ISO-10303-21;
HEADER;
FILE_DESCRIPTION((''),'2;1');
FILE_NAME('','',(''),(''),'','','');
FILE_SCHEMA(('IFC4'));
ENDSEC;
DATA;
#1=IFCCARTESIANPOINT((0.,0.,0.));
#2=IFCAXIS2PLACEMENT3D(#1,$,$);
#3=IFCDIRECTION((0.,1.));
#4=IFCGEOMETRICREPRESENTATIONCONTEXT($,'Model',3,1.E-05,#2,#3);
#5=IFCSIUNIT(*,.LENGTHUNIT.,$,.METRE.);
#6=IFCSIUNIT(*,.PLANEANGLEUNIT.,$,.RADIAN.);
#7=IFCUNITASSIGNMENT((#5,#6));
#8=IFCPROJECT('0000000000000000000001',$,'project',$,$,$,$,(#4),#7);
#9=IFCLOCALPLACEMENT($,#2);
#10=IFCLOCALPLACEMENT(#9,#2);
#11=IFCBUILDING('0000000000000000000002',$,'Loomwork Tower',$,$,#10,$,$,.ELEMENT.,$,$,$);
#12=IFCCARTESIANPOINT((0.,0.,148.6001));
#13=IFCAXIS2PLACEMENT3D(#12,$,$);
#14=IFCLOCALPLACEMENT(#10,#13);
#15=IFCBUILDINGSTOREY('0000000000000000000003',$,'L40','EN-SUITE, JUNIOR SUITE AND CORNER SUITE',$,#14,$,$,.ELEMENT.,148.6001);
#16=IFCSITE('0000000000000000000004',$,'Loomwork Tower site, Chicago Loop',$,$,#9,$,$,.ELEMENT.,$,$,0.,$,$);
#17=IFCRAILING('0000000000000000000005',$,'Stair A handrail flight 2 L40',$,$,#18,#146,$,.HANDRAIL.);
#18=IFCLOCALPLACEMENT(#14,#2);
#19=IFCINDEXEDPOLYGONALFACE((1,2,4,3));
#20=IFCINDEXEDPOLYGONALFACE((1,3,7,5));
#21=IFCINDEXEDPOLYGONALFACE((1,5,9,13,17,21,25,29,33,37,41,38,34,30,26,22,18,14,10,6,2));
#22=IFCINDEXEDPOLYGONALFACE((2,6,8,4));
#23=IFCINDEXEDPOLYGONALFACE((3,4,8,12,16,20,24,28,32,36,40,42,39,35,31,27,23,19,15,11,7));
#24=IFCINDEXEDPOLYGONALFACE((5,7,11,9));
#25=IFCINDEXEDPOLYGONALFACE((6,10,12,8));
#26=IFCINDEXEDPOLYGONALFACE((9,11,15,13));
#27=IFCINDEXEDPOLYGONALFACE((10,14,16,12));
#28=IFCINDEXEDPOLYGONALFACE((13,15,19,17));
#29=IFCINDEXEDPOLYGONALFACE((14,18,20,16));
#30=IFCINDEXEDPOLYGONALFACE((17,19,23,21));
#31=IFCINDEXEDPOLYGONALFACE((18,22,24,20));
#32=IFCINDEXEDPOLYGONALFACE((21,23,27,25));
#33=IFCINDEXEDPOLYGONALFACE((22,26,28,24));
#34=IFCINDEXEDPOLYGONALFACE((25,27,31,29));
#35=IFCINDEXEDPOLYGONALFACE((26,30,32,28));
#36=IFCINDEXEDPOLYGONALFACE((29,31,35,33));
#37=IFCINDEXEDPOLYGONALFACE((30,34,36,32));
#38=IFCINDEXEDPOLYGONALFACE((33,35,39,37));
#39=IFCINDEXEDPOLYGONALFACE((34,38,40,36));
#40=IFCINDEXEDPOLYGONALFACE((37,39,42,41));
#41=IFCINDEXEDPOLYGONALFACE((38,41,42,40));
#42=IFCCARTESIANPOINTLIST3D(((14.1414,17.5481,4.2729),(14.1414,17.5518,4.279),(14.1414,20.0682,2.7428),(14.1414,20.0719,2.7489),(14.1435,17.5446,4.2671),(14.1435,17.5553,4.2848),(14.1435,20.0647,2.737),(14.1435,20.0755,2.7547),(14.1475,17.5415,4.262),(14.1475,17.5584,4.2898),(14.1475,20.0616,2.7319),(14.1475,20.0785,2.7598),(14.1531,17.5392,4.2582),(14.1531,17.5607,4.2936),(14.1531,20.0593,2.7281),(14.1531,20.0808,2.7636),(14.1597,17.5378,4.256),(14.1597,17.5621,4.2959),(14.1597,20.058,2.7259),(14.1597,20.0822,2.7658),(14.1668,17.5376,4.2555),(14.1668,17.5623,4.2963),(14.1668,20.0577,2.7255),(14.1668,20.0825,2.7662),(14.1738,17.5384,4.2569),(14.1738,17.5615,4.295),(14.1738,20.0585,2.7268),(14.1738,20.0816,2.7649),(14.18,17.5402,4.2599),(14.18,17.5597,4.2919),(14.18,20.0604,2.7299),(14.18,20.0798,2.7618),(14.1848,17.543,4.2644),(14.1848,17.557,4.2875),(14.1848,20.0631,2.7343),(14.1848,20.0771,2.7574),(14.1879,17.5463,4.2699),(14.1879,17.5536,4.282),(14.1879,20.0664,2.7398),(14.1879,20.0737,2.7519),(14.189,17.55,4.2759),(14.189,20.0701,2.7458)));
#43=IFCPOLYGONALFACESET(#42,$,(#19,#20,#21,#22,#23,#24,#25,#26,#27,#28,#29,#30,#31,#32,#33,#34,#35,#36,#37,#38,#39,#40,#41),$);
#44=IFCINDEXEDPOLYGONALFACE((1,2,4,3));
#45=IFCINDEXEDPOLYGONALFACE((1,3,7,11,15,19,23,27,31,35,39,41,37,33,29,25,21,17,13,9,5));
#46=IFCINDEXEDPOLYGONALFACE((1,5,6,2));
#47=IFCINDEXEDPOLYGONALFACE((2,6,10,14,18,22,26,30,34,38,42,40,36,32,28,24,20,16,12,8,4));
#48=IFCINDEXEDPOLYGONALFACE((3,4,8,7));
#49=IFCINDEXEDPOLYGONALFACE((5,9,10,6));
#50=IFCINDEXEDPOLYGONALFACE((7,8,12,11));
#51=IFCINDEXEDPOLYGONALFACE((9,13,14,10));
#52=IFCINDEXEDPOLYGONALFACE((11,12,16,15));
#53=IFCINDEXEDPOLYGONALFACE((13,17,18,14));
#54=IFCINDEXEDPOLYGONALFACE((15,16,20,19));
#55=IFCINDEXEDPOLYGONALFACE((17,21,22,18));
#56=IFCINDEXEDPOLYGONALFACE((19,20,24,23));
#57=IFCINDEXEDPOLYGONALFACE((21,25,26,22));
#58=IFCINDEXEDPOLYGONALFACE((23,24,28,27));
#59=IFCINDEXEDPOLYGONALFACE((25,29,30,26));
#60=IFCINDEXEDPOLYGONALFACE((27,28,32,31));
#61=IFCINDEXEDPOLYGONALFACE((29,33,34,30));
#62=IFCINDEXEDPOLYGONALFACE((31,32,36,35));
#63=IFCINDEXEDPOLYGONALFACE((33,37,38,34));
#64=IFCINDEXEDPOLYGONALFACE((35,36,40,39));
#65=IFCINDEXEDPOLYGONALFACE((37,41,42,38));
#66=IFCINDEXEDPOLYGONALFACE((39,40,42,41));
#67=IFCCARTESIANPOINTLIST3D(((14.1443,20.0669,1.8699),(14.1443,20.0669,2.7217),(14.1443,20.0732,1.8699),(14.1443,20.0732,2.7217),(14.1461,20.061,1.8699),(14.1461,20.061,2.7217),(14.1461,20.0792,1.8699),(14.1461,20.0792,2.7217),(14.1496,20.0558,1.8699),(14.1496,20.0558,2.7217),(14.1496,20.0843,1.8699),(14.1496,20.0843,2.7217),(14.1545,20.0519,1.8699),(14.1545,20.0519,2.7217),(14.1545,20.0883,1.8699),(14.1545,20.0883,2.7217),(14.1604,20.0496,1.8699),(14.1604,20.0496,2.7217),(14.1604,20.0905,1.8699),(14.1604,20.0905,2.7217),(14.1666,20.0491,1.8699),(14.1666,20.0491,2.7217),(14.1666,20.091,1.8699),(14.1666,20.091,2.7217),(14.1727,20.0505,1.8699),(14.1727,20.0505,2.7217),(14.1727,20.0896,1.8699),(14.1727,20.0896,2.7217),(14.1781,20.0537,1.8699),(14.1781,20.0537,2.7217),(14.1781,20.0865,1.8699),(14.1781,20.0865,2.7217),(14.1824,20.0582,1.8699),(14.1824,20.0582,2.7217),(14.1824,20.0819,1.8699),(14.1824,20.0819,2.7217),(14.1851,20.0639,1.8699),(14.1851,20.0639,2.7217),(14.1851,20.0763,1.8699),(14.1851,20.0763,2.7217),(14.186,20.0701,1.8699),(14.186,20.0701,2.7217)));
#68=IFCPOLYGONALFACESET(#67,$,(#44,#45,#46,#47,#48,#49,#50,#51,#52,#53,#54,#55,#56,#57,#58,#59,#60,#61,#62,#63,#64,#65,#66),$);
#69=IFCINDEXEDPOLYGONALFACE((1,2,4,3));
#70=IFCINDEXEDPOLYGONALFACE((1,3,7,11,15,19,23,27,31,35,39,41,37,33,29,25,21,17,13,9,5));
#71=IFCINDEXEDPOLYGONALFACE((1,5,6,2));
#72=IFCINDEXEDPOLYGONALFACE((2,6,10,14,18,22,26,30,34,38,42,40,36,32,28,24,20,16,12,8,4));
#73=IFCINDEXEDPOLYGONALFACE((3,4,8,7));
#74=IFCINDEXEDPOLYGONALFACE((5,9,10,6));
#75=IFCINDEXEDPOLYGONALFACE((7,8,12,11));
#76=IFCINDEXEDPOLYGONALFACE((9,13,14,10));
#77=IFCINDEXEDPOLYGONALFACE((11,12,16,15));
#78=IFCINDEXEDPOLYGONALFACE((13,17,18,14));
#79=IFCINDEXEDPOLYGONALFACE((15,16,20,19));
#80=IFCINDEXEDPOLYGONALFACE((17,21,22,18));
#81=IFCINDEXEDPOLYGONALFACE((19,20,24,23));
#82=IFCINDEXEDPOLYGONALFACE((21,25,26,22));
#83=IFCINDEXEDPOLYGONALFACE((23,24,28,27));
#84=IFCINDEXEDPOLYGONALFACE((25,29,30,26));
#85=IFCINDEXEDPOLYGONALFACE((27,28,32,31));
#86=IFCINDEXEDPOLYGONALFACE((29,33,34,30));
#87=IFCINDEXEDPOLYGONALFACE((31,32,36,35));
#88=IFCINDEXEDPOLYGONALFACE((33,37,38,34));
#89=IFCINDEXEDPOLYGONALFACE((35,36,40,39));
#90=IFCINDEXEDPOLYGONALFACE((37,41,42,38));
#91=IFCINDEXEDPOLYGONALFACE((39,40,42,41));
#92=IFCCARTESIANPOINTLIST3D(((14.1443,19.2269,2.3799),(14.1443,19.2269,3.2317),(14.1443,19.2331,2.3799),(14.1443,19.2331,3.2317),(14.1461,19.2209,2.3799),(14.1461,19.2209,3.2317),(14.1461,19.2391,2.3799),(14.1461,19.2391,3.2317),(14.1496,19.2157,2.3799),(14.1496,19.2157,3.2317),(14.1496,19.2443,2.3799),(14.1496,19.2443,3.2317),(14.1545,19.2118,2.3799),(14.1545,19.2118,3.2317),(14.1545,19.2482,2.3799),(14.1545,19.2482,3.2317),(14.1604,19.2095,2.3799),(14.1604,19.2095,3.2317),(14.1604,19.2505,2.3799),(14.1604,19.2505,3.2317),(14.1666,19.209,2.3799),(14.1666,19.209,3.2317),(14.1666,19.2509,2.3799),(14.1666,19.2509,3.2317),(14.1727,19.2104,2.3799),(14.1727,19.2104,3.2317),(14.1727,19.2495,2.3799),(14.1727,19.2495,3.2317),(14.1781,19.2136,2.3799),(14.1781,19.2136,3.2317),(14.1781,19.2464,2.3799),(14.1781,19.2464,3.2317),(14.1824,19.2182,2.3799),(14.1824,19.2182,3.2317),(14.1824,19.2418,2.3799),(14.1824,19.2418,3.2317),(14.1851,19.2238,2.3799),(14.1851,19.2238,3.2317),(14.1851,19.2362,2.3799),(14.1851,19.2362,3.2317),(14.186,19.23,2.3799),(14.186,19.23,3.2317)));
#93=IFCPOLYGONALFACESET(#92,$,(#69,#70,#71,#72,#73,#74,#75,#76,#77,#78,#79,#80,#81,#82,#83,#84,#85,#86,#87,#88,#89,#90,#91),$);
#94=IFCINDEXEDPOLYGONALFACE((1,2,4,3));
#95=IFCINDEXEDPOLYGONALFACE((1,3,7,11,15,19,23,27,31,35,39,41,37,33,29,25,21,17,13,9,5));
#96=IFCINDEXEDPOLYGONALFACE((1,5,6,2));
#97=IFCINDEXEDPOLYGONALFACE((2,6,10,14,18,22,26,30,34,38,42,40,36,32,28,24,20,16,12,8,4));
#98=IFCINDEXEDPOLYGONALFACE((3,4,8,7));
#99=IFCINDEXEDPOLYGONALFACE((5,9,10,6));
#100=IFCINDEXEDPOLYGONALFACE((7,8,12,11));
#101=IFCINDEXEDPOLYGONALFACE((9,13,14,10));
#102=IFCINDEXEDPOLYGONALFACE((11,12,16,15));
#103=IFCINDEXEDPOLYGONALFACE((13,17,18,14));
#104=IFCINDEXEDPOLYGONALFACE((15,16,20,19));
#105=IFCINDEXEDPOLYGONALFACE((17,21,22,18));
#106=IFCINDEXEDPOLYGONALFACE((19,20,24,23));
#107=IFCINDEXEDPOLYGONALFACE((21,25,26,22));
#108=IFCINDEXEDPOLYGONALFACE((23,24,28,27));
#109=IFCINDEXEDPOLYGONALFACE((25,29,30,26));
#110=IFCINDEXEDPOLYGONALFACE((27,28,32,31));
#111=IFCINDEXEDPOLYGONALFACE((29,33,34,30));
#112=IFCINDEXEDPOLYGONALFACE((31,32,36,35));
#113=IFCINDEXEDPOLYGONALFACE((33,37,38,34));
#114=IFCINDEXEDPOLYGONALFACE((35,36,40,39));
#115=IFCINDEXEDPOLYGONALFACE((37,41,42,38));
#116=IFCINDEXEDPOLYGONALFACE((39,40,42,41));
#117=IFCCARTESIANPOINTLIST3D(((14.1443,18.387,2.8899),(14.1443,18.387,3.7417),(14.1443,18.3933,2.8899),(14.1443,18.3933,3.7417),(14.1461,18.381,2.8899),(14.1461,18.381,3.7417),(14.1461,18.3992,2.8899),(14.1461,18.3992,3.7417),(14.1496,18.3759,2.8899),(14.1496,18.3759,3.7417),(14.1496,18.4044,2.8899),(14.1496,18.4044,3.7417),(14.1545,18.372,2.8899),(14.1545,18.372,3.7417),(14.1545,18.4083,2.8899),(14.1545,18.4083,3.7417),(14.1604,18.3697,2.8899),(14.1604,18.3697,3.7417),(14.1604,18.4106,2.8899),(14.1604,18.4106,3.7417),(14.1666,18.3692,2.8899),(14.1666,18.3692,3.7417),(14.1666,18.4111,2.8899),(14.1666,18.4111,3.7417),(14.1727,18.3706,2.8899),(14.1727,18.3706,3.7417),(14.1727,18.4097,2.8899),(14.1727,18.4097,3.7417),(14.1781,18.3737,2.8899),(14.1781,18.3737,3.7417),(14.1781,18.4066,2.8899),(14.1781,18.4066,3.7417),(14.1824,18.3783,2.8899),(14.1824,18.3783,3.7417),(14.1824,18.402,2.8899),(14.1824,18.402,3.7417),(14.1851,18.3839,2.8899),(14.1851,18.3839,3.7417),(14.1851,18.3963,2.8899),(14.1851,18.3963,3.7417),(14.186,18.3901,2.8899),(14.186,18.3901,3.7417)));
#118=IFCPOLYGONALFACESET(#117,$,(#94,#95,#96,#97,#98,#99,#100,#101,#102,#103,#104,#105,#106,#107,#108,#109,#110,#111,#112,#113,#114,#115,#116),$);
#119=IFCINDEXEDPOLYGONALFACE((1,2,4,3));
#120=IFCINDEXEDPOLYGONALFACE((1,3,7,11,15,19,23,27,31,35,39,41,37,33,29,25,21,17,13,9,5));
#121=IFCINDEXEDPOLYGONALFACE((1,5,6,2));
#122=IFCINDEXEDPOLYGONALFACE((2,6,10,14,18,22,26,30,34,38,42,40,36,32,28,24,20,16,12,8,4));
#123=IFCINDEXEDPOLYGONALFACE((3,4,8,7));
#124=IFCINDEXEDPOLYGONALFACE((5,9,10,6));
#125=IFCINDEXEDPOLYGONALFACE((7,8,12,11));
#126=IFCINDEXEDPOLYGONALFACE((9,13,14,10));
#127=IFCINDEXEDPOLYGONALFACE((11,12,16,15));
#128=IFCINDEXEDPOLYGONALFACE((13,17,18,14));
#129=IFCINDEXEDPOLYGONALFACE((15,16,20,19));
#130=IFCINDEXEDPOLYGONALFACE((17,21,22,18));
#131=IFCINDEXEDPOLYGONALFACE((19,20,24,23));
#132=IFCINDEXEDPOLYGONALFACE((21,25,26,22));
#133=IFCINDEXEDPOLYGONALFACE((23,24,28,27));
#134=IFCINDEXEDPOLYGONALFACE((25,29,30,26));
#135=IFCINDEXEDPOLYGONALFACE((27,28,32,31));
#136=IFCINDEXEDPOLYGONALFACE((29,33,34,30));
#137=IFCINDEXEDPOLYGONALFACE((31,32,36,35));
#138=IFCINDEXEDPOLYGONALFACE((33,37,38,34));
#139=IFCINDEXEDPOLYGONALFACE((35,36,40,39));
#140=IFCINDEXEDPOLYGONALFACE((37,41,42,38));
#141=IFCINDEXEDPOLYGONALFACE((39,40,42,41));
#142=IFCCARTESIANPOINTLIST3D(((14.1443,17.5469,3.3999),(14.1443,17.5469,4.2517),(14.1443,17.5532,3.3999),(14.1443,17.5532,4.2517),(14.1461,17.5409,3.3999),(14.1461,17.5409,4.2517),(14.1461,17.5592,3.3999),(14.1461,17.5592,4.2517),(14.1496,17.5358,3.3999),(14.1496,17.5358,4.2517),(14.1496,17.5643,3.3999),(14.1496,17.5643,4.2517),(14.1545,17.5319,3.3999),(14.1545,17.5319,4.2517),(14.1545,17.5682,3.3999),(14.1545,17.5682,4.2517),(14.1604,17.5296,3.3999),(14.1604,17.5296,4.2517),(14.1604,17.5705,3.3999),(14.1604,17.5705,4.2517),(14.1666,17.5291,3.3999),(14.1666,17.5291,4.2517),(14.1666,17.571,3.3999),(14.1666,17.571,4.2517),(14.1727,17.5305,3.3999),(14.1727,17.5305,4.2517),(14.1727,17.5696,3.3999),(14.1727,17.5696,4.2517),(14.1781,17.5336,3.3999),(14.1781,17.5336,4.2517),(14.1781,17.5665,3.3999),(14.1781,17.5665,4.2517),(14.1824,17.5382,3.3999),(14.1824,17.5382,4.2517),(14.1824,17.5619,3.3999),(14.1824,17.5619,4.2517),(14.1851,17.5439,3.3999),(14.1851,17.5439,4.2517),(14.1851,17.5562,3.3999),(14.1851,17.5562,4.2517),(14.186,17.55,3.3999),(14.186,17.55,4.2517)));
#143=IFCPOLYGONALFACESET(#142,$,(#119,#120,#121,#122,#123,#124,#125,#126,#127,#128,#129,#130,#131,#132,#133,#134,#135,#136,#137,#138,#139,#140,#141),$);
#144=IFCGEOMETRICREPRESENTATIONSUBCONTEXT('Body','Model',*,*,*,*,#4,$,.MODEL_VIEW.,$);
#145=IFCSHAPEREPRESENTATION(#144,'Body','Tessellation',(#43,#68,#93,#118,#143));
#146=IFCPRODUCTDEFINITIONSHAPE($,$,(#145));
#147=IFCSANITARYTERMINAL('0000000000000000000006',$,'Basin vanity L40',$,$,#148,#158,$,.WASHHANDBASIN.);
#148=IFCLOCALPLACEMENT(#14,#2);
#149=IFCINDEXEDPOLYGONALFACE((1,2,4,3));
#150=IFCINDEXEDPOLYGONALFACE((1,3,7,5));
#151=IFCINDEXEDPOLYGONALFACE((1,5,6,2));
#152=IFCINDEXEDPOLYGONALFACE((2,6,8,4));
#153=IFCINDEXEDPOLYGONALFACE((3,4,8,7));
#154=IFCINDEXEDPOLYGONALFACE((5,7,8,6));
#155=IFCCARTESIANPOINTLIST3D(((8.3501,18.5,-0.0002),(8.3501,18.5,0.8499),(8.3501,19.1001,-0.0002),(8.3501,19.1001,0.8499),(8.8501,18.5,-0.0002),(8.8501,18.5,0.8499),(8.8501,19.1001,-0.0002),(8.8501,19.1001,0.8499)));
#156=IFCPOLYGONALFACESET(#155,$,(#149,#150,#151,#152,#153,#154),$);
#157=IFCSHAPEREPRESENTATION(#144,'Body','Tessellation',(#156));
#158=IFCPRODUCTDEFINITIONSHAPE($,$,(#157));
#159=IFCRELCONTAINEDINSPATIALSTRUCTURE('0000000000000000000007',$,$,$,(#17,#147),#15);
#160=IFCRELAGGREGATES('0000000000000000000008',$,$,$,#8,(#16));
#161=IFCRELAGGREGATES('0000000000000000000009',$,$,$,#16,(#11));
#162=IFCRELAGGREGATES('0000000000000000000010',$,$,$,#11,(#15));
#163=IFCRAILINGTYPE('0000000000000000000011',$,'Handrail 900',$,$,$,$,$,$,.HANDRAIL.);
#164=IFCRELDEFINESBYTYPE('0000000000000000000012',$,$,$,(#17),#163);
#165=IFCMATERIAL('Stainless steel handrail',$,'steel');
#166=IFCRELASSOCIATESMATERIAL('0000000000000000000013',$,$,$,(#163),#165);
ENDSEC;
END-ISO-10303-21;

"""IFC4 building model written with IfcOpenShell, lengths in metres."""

from ifc_helpers import new_model, si_unit, direction, frame, origin, origin_2d, place, context, subcontext, project, spatial, rectangle, circle, extrude, material, type_object, element, save


model = new_model("IFC4")

# Units and contexts
model_context = context("Model", 3, precision=1e-05, world=origin(), true_north=direction((0.0, 1.0)))
body_context = subcontext(model_context, "Body", "Model", "MODEL_VIEW")
ifc_project = project(units=[si_unit("LENGTHUNIT", "METRE"), si_unit("PLANEANGLEUNIT", "RADIAN")], contexts=[model_context])

# Site, building, storey
site_placement = place(None, origin())
site = spatial("IfcSite", under=ifc_project, at=site_placement, Name="Loomwork Tower site, Chicago Loop", CompositionType="ELEMENT", RefElevation=0.0)
building_placement = place(site_placement, origin())
building = spatial("IfcBuilding", under=site, at=building_placement, Name="Loomwork Tower", CompositionType="ELEMENT")
storey_placement = place(building_placement, frame((0.0, 0.0, 148.6001)))
storey = spatial("IfcBuildingStorey", under=building, at=storey_placement, Name="L40", Description="EN-SUITE, JUNIOR SUITE AND CORNER SUITE", CompositionType="ELEMENT", Elevation=148.6001)

# Railing
ifc_material_1 = material(Name="Stainless steel handrail", Category="steel")
railing_type = type_object("IfcRailingType", Name="Handrail 900", PredefinedType="HANDRAIL", material=ifc_material_1)
railing_placement = place(storey_placement, frame((14.165, 20.0701, 1.8699)))
element("IfcRailing", 1, at=railing_placement, inside=storey, type_object=railing_type, Name="Stair A handrail flight 2 L40", PredefinedType="HANDRAIL", context=body_context, shape_type="SweptSolid", body=[
    extrude(circle(Radius=0.0239, at=origin_2d()), frame((0.0, 0.0, 0.876), z_axis=(0.0, -0.854785, 0.518982), x_axis=(1.0, 0.0, 0.0)), (0.0, 0.0, 1.0), 2.9482),
    extrude(circle(Radius=0.021, at=origin_2d()), origin(), (0.0, 0.0, 1.0), 0.8518),
    extrude(circle(Radius=0.021, at=origin_2d()), frame((0.0, -0.8401, 0.51)), (0.0, 0.0, 1.0), 0.8518),
    extrude(circle(Radius=0.021, at=origin_2d()), frame((0.0, -1.6799, 1.02)), (0.0, 0.0, 1.0), 0.8518),
    extrude(circle(Radius=0.021, at=origin_2d()), frame((0.0, -2.52, 1.53)), (0.0, 0.0, 1.0), 0.8518),
])

# Sanitary terminal
sanitary_terminal_placement = place(storey_placement, frame((8.6001, 18.8, -0.0002), z_axis=(0.0, 0.0, 1.0), x_axis=(1.0, 0.0, 0.0)))
element("IfcSanitaryTerminal", 2, at=sanitary_terminal_placement, inside=storey, Name="Basin vanity L40", PredefinedType="WASHHANDBASIN", context=body_context, shape_type="SweptSolid", body=[
    extrude(rectangle(XDim=0.5, YDim=0.6001, at=origin_2d()), origin(), (0.0, 0.0, 1.0), 0.8501),
])

save(model, "model.ifc")
